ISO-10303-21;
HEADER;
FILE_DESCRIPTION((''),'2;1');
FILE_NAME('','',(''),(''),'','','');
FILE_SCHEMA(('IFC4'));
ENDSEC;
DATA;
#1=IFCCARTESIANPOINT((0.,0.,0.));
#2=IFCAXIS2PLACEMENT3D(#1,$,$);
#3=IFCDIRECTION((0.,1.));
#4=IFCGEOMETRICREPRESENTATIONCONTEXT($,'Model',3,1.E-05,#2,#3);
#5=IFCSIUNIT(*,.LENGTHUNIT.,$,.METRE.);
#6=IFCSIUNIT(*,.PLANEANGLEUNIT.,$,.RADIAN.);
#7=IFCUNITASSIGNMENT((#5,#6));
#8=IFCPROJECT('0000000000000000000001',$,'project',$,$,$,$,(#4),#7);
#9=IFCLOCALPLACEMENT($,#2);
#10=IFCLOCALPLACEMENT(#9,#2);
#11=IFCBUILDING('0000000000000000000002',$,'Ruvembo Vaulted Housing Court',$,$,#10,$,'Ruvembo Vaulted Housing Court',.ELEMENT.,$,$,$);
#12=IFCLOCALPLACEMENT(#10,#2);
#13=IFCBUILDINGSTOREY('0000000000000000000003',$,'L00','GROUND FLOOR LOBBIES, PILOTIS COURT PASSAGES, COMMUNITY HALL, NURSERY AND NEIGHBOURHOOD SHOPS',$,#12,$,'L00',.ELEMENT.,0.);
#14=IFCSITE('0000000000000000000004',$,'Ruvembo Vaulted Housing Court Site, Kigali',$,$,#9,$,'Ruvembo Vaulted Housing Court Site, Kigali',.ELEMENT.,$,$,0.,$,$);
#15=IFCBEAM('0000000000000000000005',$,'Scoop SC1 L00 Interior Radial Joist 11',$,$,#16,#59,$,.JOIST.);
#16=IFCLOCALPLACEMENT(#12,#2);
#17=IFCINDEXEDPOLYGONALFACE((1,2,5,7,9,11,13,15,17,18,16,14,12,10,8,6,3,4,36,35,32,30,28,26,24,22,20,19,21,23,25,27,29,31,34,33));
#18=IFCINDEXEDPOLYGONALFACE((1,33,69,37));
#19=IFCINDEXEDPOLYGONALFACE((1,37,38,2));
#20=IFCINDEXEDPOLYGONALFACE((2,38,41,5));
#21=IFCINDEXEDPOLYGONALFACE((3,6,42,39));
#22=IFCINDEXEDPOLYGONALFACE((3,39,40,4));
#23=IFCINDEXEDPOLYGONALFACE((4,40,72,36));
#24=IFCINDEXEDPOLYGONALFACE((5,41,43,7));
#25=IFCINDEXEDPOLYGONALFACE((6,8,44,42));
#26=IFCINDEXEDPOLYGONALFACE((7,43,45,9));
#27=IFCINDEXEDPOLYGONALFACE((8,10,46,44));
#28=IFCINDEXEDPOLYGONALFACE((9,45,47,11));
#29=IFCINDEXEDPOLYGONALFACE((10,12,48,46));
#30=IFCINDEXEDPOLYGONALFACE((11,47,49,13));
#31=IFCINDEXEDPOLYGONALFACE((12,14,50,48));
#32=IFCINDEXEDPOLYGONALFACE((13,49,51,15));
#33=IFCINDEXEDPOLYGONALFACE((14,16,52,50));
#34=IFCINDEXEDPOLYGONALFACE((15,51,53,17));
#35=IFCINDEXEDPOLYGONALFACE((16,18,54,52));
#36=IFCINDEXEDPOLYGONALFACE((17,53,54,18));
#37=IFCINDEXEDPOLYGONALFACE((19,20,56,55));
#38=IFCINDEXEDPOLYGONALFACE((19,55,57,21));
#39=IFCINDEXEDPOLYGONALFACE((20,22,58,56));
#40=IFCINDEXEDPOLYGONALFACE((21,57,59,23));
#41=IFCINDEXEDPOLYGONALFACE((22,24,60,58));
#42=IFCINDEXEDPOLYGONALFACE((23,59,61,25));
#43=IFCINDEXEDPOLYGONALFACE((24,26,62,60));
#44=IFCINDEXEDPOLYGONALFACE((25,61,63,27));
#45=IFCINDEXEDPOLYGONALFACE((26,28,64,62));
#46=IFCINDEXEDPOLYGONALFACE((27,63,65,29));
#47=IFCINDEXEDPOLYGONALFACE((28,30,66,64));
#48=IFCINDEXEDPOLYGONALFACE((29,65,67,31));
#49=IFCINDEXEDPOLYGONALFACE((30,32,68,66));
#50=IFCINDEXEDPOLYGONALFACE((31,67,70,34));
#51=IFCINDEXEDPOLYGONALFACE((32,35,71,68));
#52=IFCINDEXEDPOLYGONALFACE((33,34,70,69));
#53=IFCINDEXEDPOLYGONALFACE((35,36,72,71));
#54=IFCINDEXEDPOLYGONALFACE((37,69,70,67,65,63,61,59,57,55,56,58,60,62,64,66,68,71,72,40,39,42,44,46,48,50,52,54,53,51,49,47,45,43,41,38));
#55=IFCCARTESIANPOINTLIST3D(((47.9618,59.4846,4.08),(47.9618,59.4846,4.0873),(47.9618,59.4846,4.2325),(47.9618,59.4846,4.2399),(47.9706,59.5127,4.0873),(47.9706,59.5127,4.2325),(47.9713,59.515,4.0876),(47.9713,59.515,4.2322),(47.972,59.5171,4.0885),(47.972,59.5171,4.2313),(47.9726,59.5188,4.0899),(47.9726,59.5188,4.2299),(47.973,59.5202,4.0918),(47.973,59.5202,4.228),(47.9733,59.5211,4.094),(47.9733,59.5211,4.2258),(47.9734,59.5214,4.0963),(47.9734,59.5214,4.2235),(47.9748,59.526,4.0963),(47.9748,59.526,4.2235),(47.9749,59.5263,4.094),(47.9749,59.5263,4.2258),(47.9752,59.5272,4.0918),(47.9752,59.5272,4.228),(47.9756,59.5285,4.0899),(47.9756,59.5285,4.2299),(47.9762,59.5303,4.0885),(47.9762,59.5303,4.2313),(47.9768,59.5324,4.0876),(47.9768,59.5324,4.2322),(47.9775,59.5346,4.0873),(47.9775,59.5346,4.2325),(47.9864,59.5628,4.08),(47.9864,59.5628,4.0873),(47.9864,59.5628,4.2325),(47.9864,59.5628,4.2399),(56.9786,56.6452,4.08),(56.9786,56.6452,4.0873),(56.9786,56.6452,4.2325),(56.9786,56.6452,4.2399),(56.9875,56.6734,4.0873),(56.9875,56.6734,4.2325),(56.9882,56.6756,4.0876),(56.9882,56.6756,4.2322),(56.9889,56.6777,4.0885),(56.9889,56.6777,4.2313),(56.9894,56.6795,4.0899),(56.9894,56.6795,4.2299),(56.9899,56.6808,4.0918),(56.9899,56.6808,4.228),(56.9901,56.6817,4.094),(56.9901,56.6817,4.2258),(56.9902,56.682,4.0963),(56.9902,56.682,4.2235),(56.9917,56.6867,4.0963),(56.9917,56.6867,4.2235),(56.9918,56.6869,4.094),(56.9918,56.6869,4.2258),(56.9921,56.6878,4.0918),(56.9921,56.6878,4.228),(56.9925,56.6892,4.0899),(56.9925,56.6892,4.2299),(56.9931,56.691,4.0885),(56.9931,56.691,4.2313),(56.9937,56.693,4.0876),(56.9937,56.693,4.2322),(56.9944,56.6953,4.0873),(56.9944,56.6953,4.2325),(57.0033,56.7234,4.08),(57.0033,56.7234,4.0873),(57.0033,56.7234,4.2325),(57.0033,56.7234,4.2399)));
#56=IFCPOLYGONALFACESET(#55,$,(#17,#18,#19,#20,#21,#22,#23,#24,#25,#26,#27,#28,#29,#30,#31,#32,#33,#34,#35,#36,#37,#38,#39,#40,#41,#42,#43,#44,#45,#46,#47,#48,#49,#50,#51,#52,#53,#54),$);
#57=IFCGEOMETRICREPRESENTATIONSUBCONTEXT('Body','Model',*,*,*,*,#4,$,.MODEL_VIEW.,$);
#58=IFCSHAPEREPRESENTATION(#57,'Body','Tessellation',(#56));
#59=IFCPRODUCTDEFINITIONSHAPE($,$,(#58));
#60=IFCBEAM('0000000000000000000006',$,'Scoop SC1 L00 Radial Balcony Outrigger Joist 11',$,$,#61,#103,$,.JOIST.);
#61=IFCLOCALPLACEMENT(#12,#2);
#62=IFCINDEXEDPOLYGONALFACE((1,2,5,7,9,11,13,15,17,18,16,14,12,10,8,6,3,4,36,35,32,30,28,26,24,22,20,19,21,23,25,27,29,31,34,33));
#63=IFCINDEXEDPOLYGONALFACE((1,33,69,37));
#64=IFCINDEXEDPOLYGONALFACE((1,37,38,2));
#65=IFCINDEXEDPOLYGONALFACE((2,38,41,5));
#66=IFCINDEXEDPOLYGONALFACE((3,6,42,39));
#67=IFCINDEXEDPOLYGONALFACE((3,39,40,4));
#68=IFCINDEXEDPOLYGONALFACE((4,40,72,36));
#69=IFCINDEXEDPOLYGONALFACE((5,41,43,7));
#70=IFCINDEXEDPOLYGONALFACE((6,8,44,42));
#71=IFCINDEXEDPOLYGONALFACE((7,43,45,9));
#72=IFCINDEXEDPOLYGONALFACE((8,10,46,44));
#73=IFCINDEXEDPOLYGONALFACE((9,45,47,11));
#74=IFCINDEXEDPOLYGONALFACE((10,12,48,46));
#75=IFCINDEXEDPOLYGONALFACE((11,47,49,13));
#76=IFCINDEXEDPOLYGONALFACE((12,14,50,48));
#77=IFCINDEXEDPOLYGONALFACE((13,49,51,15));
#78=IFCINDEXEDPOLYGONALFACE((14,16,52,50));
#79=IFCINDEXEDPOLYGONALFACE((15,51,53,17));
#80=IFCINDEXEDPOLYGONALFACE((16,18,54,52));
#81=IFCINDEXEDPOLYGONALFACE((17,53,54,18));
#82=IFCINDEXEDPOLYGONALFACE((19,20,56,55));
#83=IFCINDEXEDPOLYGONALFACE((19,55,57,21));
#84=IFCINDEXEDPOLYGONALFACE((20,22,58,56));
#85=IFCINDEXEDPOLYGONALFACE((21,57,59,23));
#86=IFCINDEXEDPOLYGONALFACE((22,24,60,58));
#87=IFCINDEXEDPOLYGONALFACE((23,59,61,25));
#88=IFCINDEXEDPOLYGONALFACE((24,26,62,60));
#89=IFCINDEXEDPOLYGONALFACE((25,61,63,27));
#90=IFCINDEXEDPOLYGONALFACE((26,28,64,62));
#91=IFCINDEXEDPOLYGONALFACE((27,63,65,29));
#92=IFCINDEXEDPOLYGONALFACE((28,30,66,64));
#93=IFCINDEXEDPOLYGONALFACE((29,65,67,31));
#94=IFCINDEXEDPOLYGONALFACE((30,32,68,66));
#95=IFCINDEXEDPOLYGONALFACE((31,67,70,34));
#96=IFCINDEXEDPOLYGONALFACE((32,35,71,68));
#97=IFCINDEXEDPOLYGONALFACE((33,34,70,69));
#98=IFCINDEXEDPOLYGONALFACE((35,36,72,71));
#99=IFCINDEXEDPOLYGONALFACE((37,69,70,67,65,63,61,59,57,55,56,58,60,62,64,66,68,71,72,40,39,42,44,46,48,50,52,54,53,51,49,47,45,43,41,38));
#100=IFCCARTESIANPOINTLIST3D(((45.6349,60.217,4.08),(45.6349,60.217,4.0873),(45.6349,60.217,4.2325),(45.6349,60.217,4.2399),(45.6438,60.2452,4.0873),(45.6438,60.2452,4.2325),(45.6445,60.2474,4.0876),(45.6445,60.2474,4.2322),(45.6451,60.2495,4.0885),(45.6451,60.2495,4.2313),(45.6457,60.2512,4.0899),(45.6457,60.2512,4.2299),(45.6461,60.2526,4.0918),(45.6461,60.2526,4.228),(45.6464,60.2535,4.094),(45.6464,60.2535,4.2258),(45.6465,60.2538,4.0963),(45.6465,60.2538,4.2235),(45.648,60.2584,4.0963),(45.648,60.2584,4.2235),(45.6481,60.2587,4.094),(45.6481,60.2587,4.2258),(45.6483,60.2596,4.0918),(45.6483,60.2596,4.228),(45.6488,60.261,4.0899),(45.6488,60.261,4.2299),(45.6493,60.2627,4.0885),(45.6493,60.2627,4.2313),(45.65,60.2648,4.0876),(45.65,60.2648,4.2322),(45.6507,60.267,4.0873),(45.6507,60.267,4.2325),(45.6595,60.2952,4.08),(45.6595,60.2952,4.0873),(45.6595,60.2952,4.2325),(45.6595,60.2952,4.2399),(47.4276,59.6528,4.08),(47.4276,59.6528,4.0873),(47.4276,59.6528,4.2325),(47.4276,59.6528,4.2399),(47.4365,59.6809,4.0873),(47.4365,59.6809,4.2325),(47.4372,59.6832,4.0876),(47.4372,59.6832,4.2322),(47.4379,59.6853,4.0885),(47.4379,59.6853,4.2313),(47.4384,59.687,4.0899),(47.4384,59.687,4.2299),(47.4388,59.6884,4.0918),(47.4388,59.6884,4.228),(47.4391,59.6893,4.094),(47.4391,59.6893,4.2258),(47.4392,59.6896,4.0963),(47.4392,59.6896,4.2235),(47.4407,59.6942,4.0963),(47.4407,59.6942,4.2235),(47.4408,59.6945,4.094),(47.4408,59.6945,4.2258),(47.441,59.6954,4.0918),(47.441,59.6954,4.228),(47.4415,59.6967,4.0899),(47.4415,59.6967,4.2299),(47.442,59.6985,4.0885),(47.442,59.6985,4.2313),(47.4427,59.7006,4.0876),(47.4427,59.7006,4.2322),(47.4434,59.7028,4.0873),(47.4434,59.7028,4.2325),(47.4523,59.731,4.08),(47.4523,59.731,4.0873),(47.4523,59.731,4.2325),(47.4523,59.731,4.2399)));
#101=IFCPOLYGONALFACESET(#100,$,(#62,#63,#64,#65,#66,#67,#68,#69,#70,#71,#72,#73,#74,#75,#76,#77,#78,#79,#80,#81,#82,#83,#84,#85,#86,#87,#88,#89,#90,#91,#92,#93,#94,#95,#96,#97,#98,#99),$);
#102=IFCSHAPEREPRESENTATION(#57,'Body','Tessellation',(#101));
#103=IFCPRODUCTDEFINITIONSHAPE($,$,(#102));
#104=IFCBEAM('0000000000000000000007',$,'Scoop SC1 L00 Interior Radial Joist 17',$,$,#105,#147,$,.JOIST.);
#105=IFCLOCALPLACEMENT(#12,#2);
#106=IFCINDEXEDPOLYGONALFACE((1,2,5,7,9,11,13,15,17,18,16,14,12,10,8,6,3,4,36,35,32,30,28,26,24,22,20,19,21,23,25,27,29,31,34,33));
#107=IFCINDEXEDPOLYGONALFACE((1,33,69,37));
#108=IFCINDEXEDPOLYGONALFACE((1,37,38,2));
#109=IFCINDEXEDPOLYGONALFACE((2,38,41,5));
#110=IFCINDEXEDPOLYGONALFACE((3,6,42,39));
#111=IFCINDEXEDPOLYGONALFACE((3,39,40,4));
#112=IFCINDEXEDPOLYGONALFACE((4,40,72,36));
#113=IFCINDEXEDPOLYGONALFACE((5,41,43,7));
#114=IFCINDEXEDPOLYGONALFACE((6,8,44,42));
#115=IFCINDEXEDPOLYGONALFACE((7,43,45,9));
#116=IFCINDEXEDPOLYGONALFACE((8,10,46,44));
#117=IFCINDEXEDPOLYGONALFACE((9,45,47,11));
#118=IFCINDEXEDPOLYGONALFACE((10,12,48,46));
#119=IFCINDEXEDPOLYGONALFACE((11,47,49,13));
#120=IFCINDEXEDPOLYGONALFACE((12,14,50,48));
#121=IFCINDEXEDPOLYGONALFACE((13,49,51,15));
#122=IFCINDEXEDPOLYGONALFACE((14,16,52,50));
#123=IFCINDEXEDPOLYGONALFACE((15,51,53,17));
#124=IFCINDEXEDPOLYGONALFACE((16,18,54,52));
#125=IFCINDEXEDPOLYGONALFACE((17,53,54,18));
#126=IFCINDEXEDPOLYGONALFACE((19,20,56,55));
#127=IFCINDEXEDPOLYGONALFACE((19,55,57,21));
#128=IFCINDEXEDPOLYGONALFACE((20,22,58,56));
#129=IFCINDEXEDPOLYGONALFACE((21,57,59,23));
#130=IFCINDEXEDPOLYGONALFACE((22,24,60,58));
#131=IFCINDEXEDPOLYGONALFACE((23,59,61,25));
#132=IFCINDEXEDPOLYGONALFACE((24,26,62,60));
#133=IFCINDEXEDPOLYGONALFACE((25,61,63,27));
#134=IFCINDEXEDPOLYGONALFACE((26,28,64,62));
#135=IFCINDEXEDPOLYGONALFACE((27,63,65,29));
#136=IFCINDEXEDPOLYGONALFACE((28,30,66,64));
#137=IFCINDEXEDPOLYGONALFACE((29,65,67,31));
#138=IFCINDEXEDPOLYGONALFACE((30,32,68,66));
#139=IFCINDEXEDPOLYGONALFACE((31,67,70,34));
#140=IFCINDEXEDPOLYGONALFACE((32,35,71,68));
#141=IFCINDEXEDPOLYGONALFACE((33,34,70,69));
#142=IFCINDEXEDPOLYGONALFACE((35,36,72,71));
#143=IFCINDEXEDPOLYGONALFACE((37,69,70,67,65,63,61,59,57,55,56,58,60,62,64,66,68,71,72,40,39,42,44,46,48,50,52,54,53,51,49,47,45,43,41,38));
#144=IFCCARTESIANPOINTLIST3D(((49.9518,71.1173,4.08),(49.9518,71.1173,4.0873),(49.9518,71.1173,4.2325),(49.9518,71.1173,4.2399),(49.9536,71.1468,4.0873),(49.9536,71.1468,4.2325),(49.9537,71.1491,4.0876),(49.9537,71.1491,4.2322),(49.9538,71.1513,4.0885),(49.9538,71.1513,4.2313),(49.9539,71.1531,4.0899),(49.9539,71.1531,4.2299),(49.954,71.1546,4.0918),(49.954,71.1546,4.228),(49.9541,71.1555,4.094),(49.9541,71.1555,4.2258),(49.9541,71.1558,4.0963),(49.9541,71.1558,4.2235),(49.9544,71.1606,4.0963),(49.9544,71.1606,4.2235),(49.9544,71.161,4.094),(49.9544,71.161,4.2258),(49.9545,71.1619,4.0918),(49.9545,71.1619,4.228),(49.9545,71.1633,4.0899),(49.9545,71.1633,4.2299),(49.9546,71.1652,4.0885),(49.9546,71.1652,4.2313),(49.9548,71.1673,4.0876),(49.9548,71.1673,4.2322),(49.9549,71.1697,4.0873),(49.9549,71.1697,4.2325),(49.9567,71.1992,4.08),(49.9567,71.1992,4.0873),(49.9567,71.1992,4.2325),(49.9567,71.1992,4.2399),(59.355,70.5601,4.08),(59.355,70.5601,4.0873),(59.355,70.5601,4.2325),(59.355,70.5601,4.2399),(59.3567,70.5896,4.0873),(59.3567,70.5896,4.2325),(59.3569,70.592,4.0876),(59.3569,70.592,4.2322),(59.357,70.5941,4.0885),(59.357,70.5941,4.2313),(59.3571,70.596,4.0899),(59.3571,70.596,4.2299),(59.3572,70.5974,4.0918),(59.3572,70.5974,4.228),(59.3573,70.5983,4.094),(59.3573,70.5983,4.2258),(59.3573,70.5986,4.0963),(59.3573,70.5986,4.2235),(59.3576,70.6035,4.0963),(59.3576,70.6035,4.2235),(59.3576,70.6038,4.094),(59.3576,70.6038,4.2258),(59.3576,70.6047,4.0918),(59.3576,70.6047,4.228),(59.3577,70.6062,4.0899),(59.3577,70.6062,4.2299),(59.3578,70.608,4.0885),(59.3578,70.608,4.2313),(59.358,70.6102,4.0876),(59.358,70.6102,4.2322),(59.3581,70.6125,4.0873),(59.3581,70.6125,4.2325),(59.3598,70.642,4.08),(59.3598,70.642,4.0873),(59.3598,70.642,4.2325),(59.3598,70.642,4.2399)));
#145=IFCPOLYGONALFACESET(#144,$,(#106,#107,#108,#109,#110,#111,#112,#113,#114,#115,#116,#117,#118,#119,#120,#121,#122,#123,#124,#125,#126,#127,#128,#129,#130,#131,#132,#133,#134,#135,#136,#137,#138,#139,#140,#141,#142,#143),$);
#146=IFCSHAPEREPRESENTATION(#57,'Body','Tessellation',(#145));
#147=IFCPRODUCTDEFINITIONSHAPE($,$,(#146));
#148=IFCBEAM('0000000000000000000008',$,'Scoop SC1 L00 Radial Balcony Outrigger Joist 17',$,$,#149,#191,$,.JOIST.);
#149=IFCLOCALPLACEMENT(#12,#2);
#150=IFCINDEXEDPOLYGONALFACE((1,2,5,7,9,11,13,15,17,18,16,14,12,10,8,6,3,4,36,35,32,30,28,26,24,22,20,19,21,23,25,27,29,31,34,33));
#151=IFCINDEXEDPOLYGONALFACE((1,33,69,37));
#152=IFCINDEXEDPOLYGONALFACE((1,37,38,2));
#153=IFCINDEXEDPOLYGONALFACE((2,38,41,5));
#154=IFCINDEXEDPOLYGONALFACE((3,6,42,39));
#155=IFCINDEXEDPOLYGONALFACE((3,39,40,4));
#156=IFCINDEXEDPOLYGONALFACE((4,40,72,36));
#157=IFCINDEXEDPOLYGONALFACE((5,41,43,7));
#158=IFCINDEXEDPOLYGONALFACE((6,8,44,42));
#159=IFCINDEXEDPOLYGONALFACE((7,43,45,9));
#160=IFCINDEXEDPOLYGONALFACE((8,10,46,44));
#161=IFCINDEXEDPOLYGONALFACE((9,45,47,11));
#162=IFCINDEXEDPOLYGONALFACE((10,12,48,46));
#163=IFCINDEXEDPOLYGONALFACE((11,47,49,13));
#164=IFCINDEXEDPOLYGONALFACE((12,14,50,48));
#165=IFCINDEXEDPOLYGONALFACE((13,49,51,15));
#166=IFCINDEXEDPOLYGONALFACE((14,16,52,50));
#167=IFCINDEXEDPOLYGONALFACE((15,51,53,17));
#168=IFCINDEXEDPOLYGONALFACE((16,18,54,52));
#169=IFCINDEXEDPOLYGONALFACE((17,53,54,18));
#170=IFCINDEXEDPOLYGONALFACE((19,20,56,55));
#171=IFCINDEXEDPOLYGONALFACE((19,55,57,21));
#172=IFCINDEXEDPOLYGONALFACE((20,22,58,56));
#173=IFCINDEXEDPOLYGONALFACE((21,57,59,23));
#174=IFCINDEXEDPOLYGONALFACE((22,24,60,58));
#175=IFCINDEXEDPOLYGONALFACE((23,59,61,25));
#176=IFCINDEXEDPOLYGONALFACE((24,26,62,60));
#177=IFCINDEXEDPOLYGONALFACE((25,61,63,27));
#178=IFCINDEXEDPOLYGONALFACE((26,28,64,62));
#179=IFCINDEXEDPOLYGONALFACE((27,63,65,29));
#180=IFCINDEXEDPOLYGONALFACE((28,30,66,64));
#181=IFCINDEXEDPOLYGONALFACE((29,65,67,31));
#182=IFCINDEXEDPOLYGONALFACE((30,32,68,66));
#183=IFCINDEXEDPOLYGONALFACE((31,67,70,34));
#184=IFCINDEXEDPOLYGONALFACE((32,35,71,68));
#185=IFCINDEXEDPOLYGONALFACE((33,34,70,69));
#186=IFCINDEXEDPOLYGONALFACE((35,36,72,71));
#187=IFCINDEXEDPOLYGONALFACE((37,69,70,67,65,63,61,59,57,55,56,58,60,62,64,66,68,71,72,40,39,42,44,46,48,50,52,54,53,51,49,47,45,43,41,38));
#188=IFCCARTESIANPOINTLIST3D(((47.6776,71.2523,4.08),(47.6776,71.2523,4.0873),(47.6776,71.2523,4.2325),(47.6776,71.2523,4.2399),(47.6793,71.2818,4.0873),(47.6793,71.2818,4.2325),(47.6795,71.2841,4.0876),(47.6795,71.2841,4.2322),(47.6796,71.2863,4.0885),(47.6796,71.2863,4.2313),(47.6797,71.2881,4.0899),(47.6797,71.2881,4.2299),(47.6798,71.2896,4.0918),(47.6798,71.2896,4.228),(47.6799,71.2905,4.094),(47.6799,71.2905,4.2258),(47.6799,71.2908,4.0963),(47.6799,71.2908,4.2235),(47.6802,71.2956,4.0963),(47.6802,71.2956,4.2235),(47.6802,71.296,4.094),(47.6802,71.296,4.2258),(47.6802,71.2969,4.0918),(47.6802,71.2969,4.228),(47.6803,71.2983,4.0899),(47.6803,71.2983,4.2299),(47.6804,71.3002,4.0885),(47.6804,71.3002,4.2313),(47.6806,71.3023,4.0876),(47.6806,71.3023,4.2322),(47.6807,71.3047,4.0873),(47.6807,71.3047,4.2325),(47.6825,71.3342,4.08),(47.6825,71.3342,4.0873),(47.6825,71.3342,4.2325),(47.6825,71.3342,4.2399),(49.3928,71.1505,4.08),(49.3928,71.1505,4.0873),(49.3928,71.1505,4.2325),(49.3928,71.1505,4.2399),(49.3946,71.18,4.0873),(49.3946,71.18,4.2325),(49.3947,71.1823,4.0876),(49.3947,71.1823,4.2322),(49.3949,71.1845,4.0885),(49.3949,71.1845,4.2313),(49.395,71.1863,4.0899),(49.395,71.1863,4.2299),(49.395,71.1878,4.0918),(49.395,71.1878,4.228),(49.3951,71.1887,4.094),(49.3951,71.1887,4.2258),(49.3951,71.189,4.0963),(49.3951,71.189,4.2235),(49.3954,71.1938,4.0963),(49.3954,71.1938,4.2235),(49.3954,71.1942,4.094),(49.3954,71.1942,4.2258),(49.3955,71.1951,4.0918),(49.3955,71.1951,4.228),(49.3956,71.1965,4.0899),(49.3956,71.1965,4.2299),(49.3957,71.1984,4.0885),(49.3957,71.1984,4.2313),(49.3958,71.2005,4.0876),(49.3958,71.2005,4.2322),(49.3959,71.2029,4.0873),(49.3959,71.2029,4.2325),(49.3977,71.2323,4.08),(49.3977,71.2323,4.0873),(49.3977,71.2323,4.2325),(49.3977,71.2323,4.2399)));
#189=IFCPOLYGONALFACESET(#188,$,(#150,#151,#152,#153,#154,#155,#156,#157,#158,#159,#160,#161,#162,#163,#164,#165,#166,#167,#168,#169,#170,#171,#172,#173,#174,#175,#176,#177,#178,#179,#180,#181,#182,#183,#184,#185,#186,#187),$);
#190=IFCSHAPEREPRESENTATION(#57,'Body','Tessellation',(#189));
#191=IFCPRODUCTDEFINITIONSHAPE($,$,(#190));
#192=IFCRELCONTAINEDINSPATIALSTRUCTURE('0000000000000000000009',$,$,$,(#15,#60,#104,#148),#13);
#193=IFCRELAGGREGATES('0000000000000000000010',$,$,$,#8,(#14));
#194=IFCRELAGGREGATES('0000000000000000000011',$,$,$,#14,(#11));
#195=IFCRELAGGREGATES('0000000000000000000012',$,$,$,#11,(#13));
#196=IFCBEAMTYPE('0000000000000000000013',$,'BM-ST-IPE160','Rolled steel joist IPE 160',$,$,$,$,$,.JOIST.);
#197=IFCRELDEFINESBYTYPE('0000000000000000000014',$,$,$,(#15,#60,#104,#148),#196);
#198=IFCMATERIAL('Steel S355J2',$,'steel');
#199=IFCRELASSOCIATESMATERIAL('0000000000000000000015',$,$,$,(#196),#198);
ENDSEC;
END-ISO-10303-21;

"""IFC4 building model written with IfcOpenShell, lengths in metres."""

from ifc_helpers import new_model, si_unit, direction, frame, origin, origin_2d, place, context, subcontext, project, spatial, i_section, extrude, material, material_profile, profile_set, type_object, element, save


model = new_model("IFC4")

# Units and contexts
model_context = context("Model", 3, precision=1e-05, world=origin(), true_north=direction((0.0, 1.0)))
body_context = subcontext(model_context, "Body", "Model", "MODEL_VIEW")
ifc_project = project(units=[si_unit("LENGTHUNIT", "METRE"), si_unit("PLANEANGLEUNIT", "RADIAN")], contexts=[model_context])

# Site, building, storey
site_placement = place(None, origin())
site = spatial("IfcSite", under=ifc_project, at=site_placement, Name="Ruvembo Vaulted Housing Court Site, Kigali", LongName="Ruvembo Vaulted Housing Court Site, Kigali", CompositionType="ELEMENT", RefElevation=0.0)
building_placement = place(site_placement, origin())
building = spatial("IfcBuilding", under=site, at=building_placement, Name="Ruvembo Vaulted Housing Court", LongName="Ruvembo Vaulted Housing Court", CompositionType="ELEMENT")
storey_placement = place(building_placement, origin())
storey = spatial("IfcBuildingStorey", under=building, at=storey_placement, Name="L00", Description="GROUND FLOOR LOBBIES, PILOTIS COURT PASSAGES, COMMUNITY HALL, NURSERY AND NEIGHBOURHOOD SHOPS", LongName="L00", CompositionType="ELEMENT", Elevation=0.0)

# Beams
ifc_material_1 = material(Name="Steel S355J2", Category="steel")
ifc_material_profile_1 = material_profile(ifc_material_1, i_section(OverallWidth=0.082, OverallDepth=0.1599, WebThickness=0.0049, FlangeThickness=0.0073, FilletRadius=0.009, at=origin_2d()), Name="IPE 160")
ifc_profile_set_1 = profile_set([ifc_material_profile_1], Name="Steel S355J2")
beam_type_1 = type_object("IfcBeamType", Name="BM-ST-IPE160", Description="Rolled steel joist IPE 160", PredefinedType="JOIST", material=ifc_profile_set_1)
beam_1_placement = place(storey_placement, frame((56.991, 56.6843, 4.1599), z_axis=(-0.953827, 0.300355, 0.0), x_axis=(-0.300355, -0.953827, 0.0)))
element("IfcBeam", 1, at=beam_1_placement, inside=storey, type_object=beam_type_1, Name="Scoop SC1 L00 Interior Radial Joist 11", PredefinedType="JOIST", context=body_context, shape_type="SweptSolid", body=[
    extrude(i_section(OverallWidth=0.082, OverallDepth=0.1599, WebThickness=0.0049, FlangeThickness=0.0073, FilletRadius=0.009, at=origin_2d()), origin(), (0.0, 0.0, 1.0), 9.4534),
])
beam_2_placement = place(storey_placement, frame((47.4399, 59.6919, 4.1599), z_axis=(-0.953875, 0.300205, 0.0), x_axis=(-0.300205, -0.953875, 0.0)))
element("IfcBeam", 2, at=beam_2_placement, inside=storey, type_object=beam_type_1, Name="Scoop SC1 L00 Radial Balcony Outrigger Joist 11", PredefinedType="JOIST", context=body_context, shape_type="SweptSolid", body=[
    extrude(i_section(OverallWidth=0.082, OverallDepth=0.1599, WebThickness=0.0049, FlangeThickness=0.0073, FilletRadius=0.009, at=origin_2d()), origin(), (0.0, 0.0, 1.0), 1.8794),
])
beam_3_placement = place(storey_placement, frame((59.3574, 70.6011, 4.1599), z_axis=(-0.998249, 0.059146, 0.0), x_axis=(-0.059146, -0.998249, 0.0)))
element("IfcBeam", 3, at=beam_3_placement, inside=storey, type_object=beam_type_1, Name="Scoop SC1 L00 Interior Radial Joist 17", PredefinedType="JOIST", context=body_context, shape_type="SweptSolid", body=[
    extrude(i_section(OverallWidth=0.082, OverallDepth=0.1599, WebThickness=0.0049, FlangeThickness=0.0073, FilletRadius=0.009, at=origin_2d()), origin(), (0.0, 0.0, 1.0), 9.4197),
])
beam_4_placement = place(storey_placement, frame((49.3953, 71.1914, 4.1599), z_axis=(-0.998243, 0.059247, 0.0), x_axis=(-0.059247, -0.998243, 0.0)))
element("IfcBeam", 4, at=beam_4_placement, inside=storey, type_object=beam_type_1, Name="Scoop SC1 L00 Radial Balcony Outrigger Joist 17", PredefinedType="JOIST", context=body_context, shape_type="SweptSolid", body=[
    extrude(i_section(OverallWidth=0.082, OverallDepth=0.1599, WebThickness=0.0049, FlangeThickness=0.0073, FilletRadius=0.009, at=origin_2d()), origin(), (0.0, 0.0, 1.0), 1.7183),
])

save(model, "model.ifc")
